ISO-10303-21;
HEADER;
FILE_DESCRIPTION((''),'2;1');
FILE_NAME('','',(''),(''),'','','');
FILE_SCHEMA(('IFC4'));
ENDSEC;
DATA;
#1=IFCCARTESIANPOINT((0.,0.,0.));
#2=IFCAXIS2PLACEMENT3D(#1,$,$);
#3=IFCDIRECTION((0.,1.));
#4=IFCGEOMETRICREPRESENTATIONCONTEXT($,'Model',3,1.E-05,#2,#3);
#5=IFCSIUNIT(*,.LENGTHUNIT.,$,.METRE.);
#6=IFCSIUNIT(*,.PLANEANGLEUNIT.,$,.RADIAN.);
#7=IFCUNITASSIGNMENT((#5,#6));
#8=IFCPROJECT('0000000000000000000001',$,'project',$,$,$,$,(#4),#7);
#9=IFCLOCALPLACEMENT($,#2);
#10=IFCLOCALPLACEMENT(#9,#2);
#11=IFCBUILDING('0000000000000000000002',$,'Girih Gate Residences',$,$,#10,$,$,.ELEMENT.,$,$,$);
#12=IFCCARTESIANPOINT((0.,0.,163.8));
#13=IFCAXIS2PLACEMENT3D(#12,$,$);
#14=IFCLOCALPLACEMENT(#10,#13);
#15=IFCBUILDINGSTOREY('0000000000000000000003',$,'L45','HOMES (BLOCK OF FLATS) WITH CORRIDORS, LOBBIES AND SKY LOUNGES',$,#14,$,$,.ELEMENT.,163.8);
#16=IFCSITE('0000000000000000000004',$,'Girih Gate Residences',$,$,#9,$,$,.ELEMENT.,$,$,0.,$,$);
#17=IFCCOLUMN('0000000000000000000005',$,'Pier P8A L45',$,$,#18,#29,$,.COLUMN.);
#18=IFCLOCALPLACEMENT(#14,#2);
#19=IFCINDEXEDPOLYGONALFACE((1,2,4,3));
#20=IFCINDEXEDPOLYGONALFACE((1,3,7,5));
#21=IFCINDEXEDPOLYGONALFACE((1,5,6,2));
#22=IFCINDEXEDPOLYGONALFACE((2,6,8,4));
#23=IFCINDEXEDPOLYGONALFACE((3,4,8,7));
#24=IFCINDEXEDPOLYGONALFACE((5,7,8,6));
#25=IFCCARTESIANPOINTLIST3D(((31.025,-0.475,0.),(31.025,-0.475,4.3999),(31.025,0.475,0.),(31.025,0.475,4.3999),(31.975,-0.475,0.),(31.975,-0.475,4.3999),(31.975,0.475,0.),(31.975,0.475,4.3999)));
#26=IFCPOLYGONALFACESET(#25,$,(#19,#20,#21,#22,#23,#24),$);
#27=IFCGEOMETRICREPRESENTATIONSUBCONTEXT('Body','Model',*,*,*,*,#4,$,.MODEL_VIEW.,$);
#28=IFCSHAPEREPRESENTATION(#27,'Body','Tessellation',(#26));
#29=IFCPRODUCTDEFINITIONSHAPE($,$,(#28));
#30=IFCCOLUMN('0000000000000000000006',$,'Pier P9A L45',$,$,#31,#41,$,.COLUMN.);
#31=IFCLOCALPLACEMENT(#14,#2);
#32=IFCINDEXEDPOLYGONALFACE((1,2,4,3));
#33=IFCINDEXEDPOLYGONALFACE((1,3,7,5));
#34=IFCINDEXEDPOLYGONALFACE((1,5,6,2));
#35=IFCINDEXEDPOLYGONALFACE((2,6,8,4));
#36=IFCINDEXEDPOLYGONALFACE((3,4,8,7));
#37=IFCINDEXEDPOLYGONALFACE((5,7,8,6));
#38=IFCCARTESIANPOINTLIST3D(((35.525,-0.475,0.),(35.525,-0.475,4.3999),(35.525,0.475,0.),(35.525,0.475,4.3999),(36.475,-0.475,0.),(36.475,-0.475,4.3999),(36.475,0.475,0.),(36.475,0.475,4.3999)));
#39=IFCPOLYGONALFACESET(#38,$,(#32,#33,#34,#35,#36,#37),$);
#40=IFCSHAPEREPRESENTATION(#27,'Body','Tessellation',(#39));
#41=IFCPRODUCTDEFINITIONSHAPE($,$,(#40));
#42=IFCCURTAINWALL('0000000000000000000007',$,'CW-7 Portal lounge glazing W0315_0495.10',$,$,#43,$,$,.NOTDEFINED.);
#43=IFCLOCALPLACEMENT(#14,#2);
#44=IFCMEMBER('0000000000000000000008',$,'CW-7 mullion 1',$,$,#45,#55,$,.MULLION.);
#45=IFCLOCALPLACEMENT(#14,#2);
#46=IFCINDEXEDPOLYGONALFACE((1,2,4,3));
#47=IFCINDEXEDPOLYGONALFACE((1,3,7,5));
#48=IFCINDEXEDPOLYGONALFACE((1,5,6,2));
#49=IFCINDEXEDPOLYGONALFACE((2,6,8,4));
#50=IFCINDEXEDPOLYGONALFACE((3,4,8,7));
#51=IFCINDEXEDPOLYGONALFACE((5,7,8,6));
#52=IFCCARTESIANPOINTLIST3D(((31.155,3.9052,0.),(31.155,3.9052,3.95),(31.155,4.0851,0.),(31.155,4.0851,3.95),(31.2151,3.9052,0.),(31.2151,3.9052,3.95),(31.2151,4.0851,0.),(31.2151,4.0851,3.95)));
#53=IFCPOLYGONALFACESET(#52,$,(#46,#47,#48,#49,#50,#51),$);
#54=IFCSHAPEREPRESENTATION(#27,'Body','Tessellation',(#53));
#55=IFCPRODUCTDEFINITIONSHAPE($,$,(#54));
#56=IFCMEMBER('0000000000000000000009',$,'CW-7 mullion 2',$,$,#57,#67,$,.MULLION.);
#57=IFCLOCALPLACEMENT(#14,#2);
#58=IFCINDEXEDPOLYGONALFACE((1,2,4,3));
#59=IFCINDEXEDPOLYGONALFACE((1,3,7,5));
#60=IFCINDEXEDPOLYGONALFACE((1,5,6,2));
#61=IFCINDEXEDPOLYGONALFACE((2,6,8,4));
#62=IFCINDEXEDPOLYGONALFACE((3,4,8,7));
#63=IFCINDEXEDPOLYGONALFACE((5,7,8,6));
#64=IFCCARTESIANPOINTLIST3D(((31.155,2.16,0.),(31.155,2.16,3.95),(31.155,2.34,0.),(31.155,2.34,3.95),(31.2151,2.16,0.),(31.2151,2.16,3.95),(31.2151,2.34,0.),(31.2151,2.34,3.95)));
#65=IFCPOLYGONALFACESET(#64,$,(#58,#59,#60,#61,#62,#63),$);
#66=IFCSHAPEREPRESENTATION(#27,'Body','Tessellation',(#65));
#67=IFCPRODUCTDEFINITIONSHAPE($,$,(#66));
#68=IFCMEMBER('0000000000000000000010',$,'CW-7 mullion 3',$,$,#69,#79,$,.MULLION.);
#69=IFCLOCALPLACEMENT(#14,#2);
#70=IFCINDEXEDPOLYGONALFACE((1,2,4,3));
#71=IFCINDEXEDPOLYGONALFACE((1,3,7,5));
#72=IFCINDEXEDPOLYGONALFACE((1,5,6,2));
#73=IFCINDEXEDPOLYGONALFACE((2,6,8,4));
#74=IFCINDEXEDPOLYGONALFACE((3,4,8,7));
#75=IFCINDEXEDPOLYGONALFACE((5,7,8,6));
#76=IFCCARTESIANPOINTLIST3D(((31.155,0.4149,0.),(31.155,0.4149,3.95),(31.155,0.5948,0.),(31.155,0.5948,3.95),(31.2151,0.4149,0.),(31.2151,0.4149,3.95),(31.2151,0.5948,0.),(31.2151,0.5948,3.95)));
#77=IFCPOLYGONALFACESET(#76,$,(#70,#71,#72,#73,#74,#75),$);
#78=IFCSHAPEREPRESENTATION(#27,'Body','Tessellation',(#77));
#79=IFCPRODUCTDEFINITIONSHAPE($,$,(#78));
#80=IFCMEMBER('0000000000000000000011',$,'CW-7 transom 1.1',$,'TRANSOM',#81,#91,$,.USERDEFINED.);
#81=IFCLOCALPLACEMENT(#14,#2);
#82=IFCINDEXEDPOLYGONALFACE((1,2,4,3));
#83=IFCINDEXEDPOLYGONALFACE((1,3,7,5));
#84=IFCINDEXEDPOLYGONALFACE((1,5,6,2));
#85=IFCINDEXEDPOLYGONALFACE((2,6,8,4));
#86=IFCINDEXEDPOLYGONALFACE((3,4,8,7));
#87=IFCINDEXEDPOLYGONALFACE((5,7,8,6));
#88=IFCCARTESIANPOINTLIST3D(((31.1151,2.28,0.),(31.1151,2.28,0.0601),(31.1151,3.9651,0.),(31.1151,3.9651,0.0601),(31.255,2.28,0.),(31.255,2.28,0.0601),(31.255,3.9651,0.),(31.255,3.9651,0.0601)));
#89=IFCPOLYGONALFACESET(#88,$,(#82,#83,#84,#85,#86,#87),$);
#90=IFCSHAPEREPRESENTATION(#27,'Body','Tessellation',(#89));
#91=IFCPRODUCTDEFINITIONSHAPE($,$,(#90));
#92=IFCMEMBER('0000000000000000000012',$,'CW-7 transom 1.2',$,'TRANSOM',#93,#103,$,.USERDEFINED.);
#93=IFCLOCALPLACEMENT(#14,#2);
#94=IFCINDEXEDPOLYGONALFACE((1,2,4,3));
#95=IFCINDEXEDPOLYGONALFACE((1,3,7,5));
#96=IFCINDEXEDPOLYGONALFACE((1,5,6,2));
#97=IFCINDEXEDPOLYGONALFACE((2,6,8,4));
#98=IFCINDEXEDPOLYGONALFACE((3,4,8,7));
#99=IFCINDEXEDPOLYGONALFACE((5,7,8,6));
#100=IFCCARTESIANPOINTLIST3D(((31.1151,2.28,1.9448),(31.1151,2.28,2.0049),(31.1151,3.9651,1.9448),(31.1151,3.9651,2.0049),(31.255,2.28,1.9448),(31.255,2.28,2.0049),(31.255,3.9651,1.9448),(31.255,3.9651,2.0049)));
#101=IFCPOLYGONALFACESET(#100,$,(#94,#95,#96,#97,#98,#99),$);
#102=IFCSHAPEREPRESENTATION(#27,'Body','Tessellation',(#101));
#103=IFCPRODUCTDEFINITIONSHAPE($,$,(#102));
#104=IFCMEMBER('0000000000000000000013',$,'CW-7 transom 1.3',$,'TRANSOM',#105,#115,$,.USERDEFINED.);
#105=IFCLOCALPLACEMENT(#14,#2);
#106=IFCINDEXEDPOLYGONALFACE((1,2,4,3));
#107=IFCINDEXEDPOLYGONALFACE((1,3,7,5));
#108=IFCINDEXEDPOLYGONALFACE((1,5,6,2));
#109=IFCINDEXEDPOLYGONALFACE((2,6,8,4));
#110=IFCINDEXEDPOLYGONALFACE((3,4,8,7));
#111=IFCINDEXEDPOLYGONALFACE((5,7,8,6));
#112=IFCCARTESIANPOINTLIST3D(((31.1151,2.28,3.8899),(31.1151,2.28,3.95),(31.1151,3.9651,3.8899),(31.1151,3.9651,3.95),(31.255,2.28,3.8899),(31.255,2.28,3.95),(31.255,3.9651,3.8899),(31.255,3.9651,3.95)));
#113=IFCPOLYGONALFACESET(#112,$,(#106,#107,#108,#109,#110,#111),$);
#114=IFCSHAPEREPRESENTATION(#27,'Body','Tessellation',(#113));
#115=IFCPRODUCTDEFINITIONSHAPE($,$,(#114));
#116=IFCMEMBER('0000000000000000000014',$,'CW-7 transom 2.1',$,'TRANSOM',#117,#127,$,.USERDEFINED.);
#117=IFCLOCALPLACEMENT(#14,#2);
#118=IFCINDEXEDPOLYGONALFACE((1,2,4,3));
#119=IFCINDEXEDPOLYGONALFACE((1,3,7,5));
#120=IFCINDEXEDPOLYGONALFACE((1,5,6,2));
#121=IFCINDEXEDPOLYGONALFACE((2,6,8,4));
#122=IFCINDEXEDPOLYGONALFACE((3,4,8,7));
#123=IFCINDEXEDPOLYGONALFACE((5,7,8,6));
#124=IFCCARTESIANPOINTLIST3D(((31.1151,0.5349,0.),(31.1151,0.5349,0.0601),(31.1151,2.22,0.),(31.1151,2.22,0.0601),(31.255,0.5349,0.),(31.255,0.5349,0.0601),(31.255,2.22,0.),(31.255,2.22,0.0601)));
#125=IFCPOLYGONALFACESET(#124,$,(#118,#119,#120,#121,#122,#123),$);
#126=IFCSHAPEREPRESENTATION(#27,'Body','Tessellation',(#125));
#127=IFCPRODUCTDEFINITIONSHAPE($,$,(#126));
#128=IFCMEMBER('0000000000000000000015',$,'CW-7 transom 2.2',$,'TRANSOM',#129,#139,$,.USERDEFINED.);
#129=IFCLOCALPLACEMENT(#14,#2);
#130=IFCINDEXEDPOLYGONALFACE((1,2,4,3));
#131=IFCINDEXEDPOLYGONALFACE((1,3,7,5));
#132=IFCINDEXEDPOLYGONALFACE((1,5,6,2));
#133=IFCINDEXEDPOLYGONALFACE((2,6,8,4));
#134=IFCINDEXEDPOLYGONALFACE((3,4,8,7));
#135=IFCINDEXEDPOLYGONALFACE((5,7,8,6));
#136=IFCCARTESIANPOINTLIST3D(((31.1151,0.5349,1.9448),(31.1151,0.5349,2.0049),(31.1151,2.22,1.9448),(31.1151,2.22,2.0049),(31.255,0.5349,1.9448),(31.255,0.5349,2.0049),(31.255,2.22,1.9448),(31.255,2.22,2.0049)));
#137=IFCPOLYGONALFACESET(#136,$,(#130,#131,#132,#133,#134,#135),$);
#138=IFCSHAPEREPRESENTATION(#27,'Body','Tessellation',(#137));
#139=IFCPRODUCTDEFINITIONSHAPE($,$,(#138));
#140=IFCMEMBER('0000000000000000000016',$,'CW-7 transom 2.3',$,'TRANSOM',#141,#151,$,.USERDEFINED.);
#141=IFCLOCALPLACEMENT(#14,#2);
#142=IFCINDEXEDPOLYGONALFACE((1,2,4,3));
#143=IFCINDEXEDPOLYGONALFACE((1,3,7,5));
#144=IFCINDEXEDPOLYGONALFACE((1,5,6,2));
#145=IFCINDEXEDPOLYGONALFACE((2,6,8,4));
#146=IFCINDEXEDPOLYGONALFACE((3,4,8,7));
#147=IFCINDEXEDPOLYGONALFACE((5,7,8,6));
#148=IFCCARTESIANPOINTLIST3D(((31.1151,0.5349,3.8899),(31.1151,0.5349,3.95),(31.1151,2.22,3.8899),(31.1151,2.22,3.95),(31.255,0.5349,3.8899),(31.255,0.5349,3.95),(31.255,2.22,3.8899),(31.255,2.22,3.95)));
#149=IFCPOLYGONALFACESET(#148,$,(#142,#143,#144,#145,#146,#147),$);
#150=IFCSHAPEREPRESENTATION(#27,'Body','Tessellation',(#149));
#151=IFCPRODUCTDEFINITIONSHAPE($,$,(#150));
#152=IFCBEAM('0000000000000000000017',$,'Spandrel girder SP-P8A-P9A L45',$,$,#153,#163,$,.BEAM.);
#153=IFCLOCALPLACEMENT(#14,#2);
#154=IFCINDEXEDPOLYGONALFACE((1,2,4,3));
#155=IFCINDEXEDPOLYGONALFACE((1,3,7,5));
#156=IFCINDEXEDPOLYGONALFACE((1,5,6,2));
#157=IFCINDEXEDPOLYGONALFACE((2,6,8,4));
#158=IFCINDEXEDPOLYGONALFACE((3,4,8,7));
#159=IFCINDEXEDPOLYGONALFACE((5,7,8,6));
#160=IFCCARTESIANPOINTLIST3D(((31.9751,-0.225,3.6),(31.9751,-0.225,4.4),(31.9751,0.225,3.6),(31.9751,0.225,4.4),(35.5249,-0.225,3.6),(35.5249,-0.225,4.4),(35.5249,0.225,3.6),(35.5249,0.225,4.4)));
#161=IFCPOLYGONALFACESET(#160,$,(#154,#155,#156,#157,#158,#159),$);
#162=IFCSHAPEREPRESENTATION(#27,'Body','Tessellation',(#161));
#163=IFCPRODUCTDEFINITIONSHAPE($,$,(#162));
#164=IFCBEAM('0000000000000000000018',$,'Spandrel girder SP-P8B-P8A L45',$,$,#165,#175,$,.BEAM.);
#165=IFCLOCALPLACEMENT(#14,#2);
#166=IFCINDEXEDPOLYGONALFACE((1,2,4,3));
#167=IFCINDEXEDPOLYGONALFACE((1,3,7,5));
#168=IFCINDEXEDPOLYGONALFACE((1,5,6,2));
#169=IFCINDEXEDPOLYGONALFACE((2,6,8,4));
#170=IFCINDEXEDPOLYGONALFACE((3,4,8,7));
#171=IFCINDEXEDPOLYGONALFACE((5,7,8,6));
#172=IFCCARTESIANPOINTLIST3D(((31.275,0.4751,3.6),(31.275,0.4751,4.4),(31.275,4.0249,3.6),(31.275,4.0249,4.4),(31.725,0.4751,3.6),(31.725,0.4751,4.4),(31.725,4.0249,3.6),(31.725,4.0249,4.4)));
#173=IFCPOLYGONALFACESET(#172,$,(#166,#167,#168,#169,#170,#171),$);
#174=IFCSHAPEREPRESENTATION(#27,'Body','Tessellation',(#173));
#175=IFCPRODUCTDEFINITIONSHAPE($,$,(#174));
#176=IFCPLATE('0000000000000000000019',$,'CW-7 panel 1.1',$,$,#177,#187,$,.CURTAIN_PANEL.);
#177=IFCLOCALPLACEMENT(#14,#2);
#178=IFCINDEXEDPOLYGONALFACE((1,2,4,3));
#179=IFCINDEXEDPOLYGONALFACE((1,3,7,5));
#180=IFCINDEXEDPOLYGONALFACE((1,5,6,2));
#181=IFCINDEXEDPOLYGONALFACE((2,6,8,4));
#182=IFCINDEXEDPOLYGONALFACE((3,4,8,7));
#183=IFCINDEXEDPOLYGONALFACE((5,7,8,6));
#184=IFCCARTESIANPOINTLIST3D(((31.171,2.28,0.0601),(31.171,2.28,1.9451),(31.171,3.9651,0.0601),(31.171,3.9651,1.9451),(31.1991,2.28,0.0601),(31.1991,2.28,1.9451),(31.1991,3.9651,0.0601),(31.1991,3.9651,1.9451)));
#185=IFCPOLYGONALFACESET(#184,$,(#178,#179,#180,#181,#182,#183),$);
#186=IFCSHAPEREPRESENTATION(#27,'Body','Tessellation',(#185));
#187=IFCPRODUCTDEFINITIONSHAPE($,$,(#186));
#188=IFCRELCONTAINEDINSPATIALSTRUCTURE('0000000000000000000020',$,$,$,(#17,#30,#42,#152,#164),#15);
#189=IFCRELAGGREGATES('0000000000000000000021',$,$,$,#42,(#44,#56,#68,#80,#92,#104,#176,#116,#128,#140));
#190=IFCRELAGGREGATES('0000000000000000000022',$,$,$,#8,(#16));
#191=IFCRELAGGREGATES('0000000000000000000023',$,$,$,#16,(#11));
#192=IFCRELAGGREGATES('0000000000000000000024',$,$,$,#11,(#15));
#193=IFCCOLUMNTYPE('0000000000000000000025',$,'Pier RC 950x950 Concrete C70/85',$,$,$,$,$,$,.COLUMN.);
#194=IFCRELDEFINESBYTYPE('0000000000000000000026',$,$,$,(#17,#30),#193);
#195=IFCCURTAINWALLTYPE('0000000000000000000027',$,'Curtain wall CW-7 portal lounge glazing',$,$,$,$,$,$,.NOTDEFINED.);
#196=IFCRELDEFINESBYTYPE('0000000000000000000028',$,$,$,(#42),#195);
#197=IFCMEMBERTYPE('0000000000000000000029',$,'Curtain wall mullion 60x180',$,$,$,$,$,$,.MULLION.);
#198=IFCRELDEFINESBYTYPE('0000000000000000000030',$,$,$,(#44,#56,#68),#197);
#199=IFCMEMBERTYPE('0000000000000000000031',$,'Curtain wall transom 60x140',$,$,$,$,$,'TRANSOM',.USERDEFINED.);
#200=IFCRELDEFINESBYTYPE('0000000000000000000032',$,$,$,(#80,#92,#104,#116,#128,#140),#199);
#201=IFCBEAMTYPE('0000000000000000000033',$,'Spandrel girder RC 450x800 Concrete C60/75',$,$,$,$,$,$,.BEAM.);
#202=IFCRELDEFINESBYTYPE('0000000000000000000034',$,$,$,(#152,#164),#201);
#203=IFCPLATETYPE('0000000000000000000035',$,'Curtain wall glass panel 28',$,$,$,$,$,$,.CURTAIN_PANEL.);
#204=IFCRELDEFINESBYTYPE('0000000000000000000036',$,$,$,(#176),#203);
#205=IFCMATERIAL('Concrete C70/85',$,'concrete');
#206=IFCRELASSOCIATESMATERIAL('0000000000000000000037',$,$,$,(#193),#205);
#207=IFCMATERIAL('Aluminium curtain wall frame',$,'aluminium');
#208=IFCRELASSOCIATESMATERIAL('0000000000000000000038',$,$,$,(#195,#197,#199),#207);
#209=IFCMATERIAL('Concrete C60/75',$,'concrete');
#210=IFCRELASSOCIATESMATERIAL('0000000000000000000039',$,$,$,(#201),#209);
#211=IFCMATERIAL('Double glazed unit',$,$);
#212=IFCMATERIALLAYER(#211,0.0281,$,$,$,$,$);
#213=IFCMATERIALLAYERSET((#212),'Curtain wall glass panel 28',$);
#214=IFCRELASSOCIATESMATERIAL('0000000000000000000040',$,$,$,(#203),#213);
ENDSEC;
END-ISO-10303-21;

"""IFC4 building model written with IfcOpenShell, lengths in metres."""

from ifc_helpers import new_model, si_unit, direction, frame, origin, origin_2d, place, context, subcontext, project, spatial, rectangle, extrude, material, layer, layer_set, material_profile, profile_set, type_object, element, aggregate, save


model = new_model("IFC4")

# Units and contexts
model_context = context("Model", 3, precision=1e-05, world=origin(), true_north=direction((0.0, 1.0)))
body_context = subcontext(model_context, "Body", "Model", "MODEL_VIEW")
ifc_project = project(units=[si_unit("LENGTHUNIT", "METRE"), si_unit("PLANEANGLEUNIT", "RADIAN")], contexts=[model_context])

# Site, building, storey
site_placement = place(None, origin())
site = spatial("IfcSite", under=ifc_project, at=site_placement, Name="Girih Gate Residences", CompositionType="ELEMENT", RefElevation=0.0)
building_placement = place(site_placement, origin())
building = spatial("IfcBuilding", under=site, at=building_placement, Name="Girih Gate Residences", CompositionType="ELEMENT")
storey_placement = place(building_placement, frame((0.0, 0.0, 163.8)))
storey = spatial("IfcBuildingStorey", under=building, at=storey_placement, Name="L45", Description="HOMES (BLOCK OF FLATS) WITH CORRIDORS, LOBBIES AND SKY LOUNGES", CompositionType="ELEMENT", Elevation=163.8)

# Columns
ifc_material_1 = material(Name="Concrete C70/85", Category="concrete")
ifc_material_profile_1 = material_profile(ifc_material_1, rectangle(XDim=0.95, YDim=0.95, at=origin_2d()))
ifc_profile_set_1 = profile_set([ifc_material_profile_1], Name="Concrete C70/85")
column_type = type_object("IfcColumnType", Name="Pier RC 950x950 Concrete C70/85", PredefinedType="COLUMN", material=ifc_profile_set_1)
for number, where, z_axis, x_axis, name in (
    (1, (31.5, 0.0, 0.0), (0.0, 0.0, 1.0), (1.0, 0.0, 0.0), "Pier P8A L45"),
    (2, (36.0, 0.0, 0.0), (0.0, 0.0, 1.0), (1.0, 0.0, 0.0), "Pier P9A L45"),
):
    element("IfcColumn", number, at=place(storey_placement, frame(where, z_axis=z_axis, x_axis=x_axis)), inside=storey, type_object=column_type, Name=name, PredefinedType="COLUMN", context=body_context, shape_type="SweptSolid", body=[
        extrude(rectangle(XDim=0.95, YDim=0.95, at=origin_2d()), origin(), (0.0, 0.0, 1.0), 4.3999),
    ])

# Curtain wall, members
ifc_material_2 = material(Name="Aluminium curtain wall frame", Category="aluminium")
curtain_wall_type = type_object("IfcCurtainWallType", Name="Curtain wall CW-7 portal lounge glazing", PredefinedType="NOTDEFINED", material=ifc_material_2)
curtain_wall_placement = place(storey_placement, origin())
curtain_wall = element("IfcCurtainWall", 3, at=curtain_wall_placement, inside=storey, type_object=curtain_wall_type, Name="CW-7 Portal lounge glazing W0315_0495.10", PredefinedType="NOTDEFINED")
ifc_material_profile_2 = material_profile(ifc_material_2, rectangle(XDim=0.0601, YDim=0.1799, at=origin_2d()))
ifc_profile_set_2 = profile_set([ifc_material_profile_2], Name="Aluminium curtain wall frame")
member_type_1 = type_object("IfcMemberType", Name="Curtain wall mullion 60x180", PredefinedType="MULLION", material=ifc_profile_set_2)
member_1_placement = place(storey_placement, frame((31.1851, 3.9951, 0.0), z_axis=(0.0, 0.0, 1.0), x_axis=(1.0, 0.0, 0.0)))
member_1 = element("IfcMember", 4, at=member_1_placement, type_object=member_type_1, Name="CW-7 mullion 1", PredefinedType="MULLION", context=body_context, shape_type="SweptSolid", body=[
    extrude(rectangle(XDim=0.0601, YDim=0.1799, at=origin_2d()), origin(), (0.0, 0.0, 1.0), 3.95),
])
member_2_placement = place(storey_placement, frame((31.1851, 2.25, 0.0), z_axis=(0.0, 0.0, 1.0), x_axis=(1.0, 0.0, 0.0)))
member_2 = element("IfcMember", 5, at=member_2_placement, type_object=member_type_1, Name="CW-7 mullion 2", PredefinedType="MULLION", context=body_context, shape_type="SweptSolid", body=[
    extrude(rectangle(XDim=0.0601, YDim=0.1799, at=origin_2d()), origin(), (0.0, 0.0, 1.0), 3.95),
])
member_3_placement = place(storey_placement, frame((31.1851, 0.5049, 0.0), z_axis=(0.0, 0.0, 1.0), x_axis=(1.0, 0.0, 0.0)))
member_3 = element("IfcMember", 6, at=member_3_placement, type_object=member_type_1, Name="CW-7 mullion 3", PredefinedType="MULLION", context=body_context, shape_type="SweptSolid", body=[
    extrude(rectangle(XDim=0.0601, YDim=0.1799, at=origin_2d()), origin(), (0.0, 0.0, 1.0), 3.95),
])
ifc_material_profile_3 = material_profile(ifc_material_2, rectangle(XDim=0.1399, YDim=0.0601, at=origin_2d()))
ifc_profile_set_3 = profile_set([ifc_material_profile_3], Name="Aluminium curtain wall frame")
member_type_2 = type_object("IfcMemberType", Name="Curtain wall transom 60x140", ElementType="TRANSOM", PredefinedType="USERDEFINED", material=ifc_profile_set_3)
member_4_placement = place(storey_placement, frame((31.1851, 3.9651, 0.03), z_axis=(0.0, -1.0, 0.0), x_axis=(1.0, 0.0, 0.0)))
member_4 = element("IfcMember", 7, at=member_4_placement, type_object=member_type_2, Name="CW-7 transom 1.1", ObjectType="TRANSOM", PredefinedType="USERDEFINED", context=body_context, shape_type="SweptSolid", body=[
    extrude(rectangle(XDim=0.1399, YDim=0.0601, at=origin_2d()), origin(), (0.0, 0.0, 1.0), 1.6851),
])
member_5_placement = place(storey_placement, frame((31.1851, 3.9651, 1.9749), z_axis=(0.0, -1.0, 0.0), x_axis=(1.0, 0.0, 0.0)))
member_5 = element("IfcMember", 8, at=member_5_placement, type_object=member_type_2, Name="CW-7 transom 1.2", ObjectType="TRANSOM", PredefinedType="USERDEFINED", context=body_context, shape_type="SweptSolid", body=[
    extrude(rectangle(XDim=0.1399, YDim=0.0601, at=origin_2d()), origin(), (0.0, 0.0, 1.0), 1.6851),
])
member_6_placement = place(storey_placement, frame((31.1851, 3.9651, 3.9199), z_axis=(0.0, -1.0, 0.0), x_axis=(1.0, 0.0, 0.0)))
member_6 = element("IfcMember", 9, at=member_6_placement, type_object=member_type_2, Name="CW-7 transom 1.3", ObjectType="TRANSOM", PredefinedType="USERDEFINED", context=body_context, shape_type="SweptSolid", body=[
    extrude(rectangle(XDim=0.1399, YDim=0.0601, at=origin_2d()), origin(), (0.0, 0.0, 1.0), 1.6851),
])
member_7_placement = place(storey_placement, frame((31.1851, 2.22, 0.03), z_axis=(0.0, -1.0, 0.0), x_axis=(1.0, 0.0, 0.0)))
member_7 = element("IfcMember", 10, at=member_7_placement, type_object=member_type_2, Name="CW-7 transom 2.1", ObjectType="TRANSOM", PredefinedType="USERDEFINED", context=body_context, shape_type="SweptSolid", body=[
    extrude(rectangle(XDim=0.1399, YDim=0.0601, at=origin_2d()), origin(), (0.0, 0.0, 1.0), 1.6851),
])
member_8_placement = place(storey_placement, frame((31.1851, 2.22, 1.9749), z_axis=(0.0, -1.0, 0.0), x_axis=(1.0, 0.0, 0.0)))
member_8 = element("IfcMember", 11, at=member_8_placement, type_object=member_type_2, Name="CW-7 transom 2.2", ObjectType="TRANSOM", PredefinedType="USERDEFINED", context=body_context, shape_type="SweptSolid", body=[
    extrude(rectangle(XDim=0.1399, YDim=0.0601, at=origin_2d()), origin(), (0.0, 0.0, 1.0), 1.6851),
])
member_9_placement = place(storey_placement, frame((31.1851, 2.22, 3.9199), z_axis=(0.0, -1.0, 0.0), x_axis=(1.0, 0.0, 0.0)))
member_9 = element("IfcMember", 12, at=member_9_placement, type_object=member_type_2, Name="CW-7 transom 2.3", ObjectType="TRANSOM", PredefinedType="USERDEFINED", context=body_context, shape_type="SweptSolid", body=[
    extrude(rectangle(XDim=0.1399, YDim=0.0601, at=origin_2d()), origin(), (0.0, 0.0, 1.0), 1.6851),
])

# Beams
ifc_material_3 = material(Name="Concrete C60/75", Category="concrete")
ifc_material_profile_4 = material_profile(ifc_material_3, rectangle(XDim=0.45, YDim=0.8, at=origin_2d()))
ifc_profile_set_4 = profile_set([ifc_material_profile_4], Name="Concrete C60/75")
beam_type = type_object("IfcBeamType", Name="Spandrel girder RC 450x800 Concrete C60/75", PredefinedType="BEAM", material=ifc_profile_set_4)
for number, where, z_axis, x_axis, name in (
    (13, (31.9751, 0.0, 4.0), (1.0, 0.0, 0.0), (0.0, 1.0, 0.0), "Spandrel girder SP-P8A-P9A L45"),
    (14, (31.5, 4.0249, 4.0), (0.0, -1.0, 0.0), (1.0, 0.0, 0.0), "Spandrel girder SP-P8B-P8A L45"),
):
    element("IfcBeam", number, at=place(storey_placement, frame(where, z_axis=z_axis, x_axis=x_axis)), inside=storey, type_object=beam_type, Name=name, PredefinedType="BEAM", context=body_context, shape_type="SweptSolid", body=[
        extrude(rectangle(XDim=0.45, YDim=0.8, at=origin_2d()), origin(), (0.0, 0.0, 1.0), 3.5498),
    ])

# Plate
ifc_material_4 = material(Name="Double glazed unit")
ifc_layer_1 = layer(ifc_material_4, 0.0281)
ifc_layer_set_1 = layer_set([ifc_layer_1], Name="Curtain wall glass panel 28")
plate_type = type_object("IfcPlateType", Name="Curtain wall glass panel 28", PredefinedType="CURTAIN_PANEL", material=ifc_layer_set_1)
plate_1_placement = place(storey_placement, frame((31.1851, 3.1226, 0.0601), z_axis=(0.0, 0.0, 1.0), x_axis=(0.0, -1.0, 0.0)))
plate_1 = element("IfcPlate", 15, at=plate_1_placement, type_object=plate_type, Name="CW-7 panel 1.1", PredefinedType="CURTAIN_PANEL", context=body_context, shape_type="SweptSolid", body=[
    extrude(rectangle(XDim=1.6851, YDim=0.0281, at=origin_2d()), origin(), (0.0, 0.0, 1.0), 1.885),
])
aggregate(curtain_wall, [member_1, member_2, member_3, member_4, member_5, member_6, plate_1, member_7, member_8, member_9])

save(model, "model.ifc")
